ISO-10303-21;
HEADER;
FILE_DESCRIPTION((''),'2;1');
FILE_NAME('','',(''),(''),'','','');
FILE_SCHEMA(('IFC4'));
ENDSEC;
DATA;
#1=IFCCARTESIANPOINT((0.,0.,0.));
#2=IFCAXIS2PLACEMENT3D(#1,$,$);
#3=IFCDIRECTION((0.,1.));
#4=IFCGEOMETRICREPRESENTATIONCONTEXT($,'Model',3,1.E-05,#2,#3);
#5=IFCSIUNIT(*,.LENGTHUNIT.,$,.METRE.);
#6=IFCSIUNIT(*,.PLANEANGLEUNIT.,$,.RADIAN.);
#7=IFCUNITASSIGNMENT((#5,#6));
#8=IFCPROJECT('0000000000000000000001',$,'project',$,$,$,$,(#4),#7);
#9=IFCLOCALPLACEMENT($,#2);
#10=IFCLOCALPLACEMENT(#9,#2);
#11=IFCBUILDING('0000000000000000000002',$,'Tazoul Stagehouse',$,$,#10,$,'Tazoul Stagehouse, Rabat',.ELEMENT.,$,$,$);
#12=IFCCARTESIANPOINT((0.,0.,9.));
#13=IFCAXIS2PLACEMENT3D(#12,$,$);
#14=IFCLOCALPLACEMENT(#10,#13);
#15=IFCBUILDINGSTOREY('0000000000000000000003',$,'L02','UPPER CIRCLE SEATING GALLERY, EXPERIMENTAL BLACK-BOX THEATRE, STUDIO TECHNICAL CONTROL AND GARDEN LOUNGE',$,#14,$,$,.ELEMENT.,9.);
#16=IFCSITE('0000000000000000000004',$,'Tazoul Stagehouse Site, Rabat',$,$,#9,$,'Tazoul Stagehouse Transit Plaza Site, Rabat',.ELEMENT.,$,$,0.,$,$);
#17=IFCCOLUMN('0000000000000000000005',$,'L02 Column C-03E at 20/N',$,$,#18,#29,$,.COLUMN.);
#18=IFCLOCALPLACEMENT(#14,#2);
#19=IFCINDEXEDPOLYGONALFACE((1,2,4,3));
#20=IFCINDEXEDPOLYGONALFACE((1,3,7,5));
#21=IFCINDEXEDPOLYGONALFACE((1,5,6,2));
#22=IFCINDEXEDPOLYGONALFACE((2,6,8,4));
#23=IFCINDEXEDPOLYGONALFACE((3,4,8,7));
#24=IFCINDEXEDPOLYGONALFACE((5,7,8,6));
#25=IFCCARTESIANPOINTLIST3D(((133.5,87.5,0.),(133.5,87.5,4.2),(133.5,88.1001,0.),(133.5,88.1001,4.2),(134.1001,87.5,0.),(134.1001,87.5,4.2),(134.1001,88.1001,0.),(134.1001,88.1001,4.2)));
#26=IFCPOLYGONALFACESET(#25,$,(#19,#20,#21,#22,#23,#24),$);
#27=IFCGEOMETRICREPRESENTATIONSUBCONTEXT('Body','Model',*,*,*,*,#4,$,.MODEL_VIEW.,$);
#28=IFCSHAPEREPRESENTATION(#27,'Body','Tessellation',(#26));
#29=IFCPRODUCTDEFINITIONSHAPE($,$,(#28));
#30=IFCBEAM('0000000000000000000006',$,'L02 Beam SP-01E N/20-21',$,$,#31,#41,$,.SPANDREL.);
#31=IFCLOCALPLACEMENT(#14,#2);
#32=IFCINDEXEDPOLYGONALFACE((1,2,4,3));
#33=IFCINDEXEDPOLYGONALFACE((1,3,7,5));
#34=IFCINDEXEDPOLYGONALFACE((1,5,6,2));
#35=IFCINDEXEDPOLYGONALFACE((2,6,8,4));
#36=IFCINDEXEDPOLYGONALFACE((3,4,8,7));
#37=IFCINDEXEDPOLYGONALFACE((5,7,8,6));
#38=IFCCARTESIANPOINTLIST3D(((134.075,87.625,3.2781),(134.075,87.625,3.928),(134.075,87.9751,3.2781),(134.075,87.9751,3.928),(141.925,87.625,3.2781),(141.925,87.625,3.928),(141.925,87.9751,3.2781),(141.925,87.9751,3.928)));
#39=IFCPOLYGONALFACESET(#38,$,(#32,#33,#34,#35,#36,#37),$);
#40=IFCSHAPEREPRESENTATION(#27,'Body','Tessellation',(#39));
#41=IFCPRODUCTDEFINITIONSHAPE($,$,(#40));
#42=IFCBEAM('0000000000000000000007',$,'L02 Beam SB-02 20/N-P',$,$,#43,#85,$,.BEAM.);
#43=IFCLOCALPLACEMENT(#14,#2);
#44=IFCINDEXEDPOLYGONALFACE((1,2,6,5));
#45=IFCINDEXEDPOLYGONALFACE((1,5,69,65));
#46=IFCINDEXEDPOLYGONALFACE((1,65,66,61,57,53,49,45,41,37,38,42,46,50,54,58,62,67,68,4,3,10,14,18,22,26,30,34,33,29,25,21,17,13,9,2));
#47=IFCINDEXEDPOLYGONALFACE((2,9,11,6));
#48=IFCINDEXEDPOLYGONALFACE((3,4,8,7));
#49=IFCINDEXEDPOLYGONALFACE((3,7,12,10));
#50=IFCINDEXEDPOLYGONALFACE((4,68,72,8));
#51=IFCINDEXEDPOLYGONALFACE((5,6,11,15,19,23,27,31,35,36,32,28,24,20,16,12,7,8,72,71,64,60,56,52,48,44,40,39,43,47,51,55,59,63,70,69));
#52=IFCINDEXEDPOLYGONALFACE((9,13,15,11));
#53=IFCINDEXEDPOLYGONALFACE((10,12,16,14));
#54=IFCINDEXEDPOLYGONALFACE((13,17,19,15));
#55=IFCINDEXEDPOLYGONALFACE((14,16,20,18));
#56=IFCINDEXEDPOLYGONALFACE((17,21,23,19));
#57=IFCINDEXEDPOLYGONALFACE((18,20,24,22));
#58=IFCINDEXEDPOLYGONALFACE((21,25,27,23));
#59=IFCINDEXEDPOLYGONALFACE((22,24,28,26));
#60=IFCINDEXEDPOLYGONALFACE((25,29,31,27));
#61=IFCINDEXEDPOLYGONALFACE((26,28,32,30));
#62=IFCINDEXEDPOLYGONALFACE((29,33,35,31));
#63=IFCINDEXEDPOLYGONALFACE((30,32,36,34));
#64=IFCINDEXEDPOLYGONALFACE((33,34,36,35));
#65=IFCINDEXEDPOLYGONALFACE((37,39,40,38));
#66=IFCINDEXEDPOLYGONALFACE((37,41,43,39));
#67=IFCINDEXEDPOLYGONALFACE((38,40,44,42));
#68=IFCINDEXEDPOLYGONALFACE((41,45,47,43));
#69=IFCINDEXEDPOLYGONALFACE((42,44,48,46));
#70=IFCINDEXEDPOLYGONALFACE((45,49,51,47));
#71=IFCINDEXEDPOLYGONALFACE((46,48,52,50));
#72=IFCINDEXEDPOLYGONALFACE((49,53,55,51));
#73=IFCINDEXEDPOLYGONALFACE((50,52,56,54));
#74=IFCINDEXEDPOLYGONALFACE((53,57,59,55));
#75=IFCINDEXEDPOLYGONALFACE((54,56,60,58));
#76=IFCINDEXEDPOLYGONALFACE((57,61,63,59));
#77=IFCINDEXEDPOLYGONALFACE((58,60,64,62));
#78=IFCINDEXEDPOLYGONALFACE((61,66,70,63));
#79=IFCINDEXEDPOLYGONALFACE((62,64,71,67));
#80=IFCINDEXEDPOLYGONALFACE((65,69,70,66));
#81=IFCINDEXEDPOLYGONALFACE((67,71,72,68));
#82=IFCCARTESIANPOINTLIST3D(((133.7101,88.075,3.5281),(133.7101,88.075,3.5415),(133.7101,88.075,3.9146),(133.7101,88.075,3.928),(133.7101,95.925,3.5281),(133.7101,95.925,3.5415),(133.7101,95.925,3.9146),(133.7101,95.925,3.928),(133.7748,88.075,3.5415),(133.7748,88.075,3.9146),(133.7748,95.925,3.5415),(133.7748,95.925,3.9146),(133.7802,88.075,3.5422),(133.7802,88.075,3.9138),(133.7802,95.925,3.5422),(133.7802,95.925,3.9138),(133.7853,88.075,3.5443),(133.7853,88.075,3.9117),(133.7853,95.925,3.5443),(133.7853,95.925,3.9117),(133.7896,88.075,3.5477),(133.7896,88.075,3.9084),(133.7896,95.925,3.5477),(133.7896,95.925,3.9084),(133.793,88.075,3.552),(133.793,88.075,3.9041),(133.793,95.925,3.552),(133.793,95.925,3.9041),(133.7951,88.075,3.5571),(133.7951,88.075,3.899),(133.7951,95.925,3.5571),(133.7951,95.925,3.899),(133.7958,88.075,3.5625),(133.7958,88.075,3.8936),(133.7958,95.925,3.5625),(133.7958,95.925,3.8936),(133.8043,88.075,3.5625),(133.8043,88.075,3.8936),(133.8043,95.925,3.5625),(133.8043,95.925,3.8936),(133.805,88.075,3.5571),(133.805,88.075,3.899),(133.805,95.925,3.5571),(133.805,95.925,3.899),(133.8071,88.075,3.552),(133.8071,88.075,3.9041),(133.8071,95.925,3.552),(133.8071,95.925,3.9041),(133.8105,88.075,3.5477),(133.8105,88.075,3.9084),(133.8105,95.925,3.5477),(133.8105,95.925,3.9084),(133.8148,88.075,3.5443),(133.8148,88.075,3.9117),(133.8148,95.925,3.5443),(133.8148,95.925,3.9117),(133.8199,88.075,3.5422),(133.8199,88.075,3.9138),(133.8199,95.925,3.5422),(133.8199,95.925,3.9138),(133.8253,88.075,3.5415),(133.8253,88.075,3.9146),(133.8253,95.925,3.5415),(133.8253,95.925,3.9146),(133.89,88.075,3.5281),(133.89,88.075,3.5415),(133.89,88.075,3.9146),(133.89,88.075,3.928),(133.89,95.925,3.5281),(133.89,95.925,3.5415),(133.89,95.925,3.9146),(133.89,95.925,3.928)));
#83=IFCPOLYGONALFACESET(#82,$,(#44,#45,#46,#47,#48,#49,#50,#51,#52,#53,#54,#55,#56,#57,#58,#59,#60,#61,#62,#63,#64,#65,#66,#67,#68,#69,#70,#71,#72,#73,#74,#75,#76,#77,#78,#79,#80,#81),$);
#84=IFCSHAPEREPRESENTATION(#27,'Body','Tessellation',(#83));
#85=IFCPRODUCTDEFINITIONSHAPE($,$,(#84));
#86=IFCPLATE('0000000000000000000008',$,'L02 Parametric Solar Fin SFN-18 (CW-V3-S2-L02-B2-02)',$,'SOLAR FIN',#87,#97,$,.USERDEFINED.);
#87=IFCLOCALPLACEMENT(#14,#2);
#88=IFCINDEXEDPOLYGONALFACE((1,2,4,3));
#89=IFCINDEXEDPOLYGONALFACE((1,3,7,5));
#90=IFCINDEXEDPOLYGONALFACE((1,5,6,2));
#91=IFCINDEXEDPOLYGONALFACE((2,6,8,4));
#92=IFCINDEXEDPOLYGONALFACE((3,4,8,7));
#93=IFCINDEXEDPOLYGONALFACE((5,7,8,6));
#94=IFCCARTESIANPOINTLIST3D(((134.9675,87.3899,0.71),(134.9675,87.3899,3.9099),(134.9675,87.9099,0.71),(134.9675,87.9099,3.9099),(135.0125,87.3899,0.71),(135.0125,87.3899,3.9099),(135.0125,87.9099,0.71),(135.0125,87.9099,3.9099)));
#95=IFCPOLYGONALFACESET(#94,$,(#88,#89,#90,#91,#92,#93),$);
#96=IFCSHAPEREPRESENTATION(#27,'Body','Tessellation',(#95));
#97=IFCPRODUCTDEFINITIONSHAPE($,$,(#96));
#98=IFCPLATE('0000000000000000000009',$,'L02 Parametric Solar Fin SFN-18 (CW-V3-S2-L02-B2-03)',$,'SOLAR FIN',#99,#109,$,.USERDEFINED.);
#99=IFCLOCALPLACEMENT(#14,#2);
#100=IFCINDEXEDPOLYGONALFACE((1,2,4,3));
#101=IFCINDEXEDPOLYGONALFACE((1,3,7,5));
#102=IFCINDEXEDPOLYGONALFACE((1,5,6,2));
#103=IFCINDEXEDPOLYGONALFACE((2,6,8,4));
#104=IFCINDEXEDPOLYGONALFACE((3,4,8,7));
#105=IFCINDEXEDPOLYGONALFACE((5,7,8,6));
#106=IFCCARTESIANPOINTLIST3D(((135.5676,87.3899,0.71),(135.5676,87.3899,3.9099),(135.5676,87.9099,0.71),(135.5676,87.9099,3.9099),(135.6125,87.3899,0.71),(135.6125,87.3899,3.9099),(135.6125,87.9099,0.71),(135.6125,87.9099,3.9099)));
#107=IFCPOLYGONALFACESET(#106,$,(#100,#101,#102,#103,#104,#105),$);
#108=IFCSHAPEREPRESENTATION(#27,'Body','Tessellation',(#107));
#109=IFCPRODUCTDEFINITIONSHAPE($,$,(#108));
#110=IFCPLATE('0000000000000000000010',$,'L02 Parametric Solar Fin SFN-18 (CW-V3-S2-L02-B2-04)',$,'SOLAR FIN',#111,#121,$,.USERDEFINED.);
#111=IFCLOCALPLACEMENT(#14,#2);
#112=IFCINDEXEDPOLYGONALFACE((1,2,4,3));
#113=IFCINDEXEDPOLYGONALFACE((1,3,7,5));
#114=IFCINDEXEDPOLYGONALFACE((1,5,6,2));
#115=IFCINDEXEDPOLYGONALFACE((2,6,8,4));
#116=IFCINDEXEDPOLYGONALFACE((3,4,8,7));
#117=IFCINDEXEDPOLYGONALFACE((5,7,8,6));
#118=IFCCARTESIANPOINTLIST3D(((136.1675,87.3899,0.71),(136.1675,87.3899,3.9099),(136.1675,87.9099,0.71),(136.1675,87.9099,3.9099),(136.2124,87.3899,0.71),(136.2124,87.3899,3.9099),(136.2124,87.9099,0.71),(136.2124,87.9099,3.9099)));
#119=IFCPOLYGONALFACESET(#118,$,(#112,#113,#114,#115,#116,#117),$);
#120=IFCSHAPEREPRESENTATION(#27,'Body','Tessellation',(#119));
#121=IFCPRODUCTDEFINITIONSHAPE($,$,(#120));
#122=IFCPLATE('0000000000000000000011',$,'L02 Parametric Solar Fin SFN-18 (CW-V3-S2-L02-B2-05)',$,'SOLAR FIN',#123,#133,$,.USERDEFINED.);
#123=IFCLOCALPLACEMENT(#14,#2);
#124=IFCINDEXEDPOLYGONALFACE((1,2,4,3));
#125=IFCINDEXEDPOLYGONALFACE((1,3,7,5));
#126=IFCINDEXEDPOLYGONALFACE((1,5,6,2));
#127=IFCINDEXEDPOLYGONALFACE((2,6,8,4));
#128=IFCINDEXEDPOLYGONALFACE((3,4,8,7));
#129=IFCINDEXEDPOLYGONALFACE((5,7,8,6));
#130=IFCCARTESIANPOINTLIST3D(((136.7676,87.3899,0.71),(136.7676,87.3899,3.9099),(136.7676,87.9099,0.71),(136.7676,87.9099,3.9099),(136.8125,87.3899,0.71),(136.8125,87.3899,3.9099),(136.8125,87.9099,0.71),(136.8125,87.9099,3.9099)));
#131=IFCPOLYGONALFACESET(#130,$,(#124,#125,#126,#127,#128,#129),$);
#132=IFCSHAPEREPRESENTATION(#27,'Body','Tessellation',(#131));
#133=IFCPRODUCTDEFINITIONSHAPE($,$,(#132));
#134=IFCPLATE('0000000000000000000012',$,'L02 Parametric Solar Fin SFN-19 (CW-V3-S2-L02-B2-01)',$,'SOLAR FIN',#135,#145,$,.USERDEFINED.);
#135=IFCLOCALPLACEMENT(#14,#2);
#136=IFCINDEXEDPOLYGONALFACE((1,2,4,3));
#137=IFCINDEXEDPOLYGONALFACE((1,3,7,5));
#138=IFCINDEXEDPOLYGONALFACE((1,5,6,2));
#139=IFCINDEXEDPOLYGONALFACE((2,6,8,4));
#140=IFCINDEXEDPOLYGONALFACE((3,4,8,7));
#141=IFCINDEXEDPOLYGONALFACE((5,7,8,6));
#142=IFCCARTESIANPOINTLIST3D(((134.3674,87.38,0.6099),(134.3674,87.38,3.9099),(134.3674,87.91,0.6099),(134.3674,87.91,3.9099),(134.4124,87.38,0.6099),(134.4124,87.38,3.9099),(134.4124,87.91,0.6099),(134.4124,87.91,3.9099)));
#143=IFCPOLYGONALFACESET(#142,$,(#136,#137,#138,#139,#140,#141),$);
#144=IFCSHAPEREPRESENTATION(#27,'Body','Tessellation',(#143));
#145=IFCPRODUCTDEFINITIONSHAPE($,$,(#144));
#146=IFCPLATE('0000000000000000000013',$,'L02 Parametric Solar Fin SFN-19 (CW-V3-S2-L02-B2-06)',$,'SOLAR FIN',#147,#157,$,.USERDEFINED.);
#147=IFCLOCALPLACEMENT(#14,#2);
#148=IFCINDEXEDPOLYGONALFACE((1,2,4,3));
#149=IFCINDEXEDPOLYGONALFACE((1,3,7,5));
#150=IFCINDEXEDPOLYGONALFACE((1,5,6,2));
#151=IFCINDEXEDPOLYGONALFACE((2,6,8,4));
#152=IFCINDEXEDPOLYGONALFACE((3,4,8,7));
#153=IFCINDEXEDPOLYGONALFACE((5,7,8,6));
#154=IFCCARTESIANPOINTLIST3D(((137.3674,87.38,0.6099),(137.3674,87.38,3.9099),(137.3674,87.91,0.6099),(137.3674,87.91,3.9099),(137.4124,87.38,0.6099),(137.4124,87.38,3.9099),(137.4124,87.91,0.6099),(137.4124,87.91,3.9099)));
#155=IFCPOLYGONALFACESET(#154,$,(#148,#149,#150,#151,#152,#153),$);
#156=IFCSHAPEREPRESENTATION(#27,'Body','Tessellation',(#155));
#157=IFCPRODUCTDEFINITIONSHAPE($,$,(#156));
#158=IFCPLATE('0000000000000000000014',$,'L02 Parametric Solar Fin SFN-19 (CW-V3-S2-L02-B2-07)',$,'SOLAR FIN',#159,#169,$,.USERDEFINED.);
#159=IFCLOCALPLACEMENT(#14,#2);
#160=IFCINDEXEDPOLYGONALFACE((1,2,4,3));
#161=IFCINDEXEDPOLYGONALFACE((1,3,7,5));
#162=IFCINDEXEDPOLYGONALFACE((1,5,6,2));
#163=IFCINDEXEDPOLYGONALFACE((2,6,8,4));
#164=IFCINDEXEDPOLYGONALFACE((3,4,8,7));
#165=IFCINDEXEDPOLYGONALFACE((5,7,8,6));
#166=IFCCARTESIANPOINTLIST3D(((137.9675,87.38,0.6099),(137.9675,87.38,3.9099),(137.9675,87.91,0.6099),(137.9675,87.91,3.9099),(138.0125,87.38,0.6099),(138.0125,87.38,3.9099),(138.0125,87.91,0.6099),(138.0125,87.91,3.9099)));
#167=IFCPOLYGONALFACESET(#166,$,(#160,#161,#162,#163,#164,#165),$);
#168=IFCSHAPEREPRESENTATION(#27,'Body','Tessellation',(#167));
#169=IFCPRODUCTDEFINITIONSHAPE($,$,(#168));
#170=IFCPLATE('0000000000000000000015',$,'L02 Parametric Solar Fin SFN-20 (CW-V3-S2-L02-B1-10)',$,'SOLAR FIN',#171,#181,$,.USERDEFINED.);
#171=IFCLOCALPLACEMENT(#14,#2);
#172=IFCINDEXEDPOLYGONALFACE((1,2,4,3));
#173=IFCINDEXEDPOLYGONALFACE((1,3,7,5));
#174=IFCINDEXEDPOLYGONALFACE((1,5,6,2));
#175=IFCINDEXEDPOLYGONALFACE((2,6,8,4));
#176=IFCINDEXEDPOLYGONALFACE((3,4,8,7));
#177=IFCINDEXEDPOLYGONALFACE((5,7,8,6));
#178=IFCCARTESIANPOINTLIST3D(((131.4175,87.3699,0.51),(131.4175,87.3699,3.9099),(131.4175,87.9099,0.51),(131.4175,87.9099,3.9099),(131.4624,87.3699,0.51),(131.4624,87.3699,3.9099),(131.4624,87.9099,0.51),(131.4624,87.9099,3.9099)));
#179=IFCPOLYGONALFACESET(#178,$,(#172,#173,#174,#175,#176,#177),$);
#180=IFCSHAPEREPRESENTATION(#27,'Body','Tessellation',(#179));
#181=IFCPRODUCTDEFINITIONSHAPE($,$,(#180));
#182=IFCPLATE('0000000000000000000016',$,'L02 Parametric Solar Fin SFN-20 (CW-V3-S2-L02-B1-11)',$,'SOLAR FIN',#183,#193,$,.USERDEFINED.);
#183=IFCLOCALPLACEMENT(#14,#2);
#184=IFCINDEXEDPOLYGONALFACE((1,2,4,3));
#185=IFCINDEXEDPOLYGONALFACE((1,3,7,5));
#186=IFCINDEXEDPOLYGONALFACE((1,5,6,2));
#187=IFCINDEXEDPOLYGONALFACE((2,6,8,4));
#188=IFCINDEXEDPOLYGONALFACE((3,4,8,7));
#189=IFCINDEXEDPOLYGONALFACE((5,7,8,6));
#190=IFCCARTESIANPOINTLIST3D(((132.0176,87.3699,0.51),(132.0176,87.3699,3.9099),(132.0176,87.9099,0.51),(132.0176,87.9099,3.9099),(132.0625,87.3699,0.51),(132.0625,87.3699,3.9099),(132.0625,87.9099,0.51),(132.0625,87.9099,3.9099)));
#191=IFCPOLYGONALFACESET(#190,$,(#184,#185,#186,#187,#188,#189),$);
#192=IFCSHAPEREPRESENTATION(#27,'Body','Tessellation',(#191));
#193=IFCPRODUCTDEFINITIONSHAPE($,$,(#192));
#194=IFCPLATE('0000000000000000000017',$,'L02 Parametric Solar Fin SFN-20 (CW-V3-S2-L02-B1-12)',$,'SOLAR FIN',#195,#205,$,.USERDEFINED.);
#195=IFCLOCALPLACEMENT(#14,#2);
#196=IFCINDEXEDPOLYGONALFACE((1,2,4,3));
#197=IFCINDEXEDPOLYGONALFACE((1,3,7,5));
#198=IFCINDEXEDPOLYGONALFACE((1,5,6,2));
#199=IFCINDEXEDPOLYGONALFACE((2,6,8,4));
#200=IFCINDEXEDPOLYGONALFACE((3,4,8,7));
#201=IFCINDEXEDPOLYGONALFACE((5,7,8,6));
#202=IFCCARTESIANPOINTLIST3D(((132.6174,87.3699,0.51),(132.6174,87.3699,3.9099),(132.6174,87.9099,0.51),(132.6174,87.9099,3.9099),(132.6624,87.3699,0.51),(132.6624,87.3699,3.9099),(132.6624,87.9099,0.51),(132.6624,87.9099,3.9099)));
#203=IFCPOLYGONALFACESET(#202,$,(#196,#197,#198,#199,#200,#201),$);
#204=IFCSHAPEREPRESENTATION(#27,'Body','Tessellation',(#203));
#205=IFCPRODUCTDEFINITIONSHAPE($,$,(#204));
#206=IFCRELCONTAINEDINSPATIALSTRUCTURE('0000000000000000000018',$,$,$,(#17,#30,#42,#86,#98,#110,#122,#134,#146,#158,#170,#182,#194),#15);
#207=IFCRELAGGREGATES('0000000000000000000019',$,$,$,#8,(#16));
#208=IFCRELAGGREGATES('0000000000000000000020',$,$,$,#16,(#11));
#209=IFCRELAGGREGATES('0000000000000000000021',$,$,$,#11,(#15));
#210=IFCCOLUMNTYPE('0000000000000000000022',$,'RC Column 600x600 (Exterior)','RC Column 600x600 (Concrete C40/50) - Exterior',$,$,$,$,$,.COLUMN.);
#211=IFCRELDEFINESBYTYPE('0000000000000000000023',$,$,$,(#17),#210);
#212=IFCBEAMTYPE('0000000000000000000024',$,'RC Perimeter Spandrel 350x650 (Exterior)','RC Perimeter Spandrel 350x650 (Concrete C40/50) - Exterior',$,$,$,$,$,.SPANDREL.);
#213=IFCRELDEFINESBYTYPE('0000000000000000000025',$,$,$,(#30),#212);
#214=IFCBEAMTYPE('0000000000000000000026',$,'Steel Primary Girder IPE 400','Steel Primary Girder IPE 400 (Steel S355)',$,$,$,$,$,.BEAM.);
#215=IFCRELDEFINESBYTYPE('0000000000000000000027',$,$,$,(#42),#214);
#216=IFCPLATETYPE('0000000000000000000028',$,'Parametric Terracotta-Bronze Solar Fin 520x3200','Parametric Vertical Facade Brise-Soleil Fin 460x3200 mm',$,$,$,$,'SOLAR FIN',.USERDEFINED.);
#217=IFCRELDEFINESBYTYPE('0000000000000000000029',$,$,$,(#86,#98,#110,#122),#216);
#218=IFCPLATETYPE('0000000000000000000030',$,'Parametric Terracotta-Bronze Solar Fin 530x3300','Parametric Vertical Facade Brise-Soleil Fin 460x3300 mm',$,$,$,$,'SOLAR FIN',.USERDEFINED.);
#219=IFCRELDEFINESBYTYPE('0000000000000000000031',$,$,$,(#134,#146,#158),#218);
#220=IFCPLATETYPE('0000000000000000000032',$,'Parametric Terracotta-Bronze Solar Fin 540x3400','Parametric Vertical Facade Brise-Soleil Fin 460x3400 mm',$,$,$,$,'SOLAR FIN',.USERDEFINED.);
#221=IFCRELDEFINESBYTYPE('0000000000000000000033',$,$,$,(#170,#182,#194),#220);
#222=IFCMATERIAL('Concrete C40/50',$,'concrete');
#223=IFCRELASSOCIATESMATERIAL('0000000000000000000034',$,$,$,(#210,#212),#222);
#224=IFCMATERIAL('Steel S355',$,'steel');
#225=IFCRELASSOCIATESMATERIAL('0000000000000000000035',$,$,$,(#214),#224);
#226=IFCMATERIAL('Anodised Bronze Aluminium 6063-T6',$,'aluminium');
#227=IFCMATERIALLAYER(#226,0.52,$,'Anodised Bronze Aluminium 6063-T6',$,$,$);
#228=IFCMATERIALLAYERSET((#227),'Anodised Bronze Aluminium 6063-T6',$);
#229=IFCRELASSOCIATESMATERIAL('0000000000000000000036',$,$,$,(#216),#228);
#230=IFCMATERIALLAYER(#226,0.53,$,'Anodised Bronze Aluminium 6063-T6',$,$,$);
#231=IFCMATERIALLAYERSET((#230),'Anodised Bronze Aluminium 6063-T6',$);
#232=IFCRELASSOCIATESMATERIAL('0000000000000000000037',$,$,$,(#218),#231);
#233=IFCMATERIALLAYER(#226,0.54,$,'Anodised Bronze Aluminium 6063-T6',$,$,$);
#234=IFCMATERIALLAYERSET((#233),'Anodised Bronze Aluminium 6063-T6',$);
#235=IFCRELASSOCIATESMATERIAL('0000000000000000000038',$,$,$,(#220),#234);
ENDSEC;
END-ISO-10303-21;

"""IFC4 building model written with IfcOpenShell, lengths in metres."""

from ifc_helpers import new_model, si_unit, direction, frame, origin, origin_2d, place, context, subcontext, project, spatial, rectangle, i_section, extrude, material, layer, layer_set, material_profile, profile_set, type_object, element, save


model = new_model("IFC4")

# Units and contexts
model_context = context("Model", 3, precision=1e-05, world=origin(), true_north=direction((0.0, 1.0)))
body_context = subcontext(model_context, "Body", "Model", "MODEL_VIEW")
ifc_project = project(units=[si_unit("LENGTHUNIT", "METRE"), si_unit("PLANEANGLEUNIT", "RADIAN")], contexts=[model_context])

# Site, building, storey
site_placement = place(None, origin())
site = spatial("IfcSite", under=ifc_project, at=site_placement, Name="Tazoul Stagehouse Site, Rabat", LongName="Tazoul Stagehouse Transit Plaza Site, Rabat", CompositionType="ELEMENT", RefElevation=0.0)
building_placement = place(site_placement, origin())
building = spatial("IfcBuilding", under=site, at=building_placement, Name="Tazoul Stagehouse", LongName="Tazoul Stagehouse, Rabat", CompositionType="ELEMENT")
storey_placement = place(building_placement, frame((0.0, 0.0, 9.0)))
storey = spatial("IfcBuildingStorey", under=building, at=storey_placement, Name="L02", Description="UPPER CIRCLE SEATING GALLERY, EXPERIMENTAL BLACK-BOX THEATRE, STUDIO TECHNICAL CONTROL AND GARDEN LOUNGE", CompositionType="ELEMENT", Elevation=9.0)

# Column
ifc_material_1 = material(Name="Concrete C40/50", Category="concrete")
ifc_material_profile_1 = material_profile(ifc_material_1, rectangle(XDim=0.6001, YDim=0.6001, at=origin_2d()), Name="RC 600x600")
ifc_profile_set_1 = profile_set([ifc_material_profile_1], Name="Concrete C40/50")
column_type = type_object("IfcColumnType", Name="RC Column 600x600 (Exterior)", Description="RC Column 600x600 (Concrete C40/50) - Exterior", PredefinedType="COLUMN", material=ifc_profile_set_1)
column_placement = place(storey_placement, frame((133.8, 87.8, 0.0), z_axis=(0.0, 0.0, 1.0), x_axis=(1.0, 0.0, 0.0)))
element("IfcColumn", 1, at=column_placement, inside=storey, type_object=column_type, Name="L02 Column C-03E at 20/N", PredefinedType="COLUMN", context=body_context, shape_type="SweptSolid", body=[
    extrude(rectangle(XDim=0.6001, YDim=0.6001, at=origin_2d()), origin(), (0.0, 0.0, 1.0), 4.2),
])

# Beams
ifc_material_profile_2 = material_profile(ifc_material_1, rectangle(XDim=0.3501, YDim=0.6499, at=origin_2d()), Name="RC 350x650")
ifc_profile_set_2 = profile_set([ifc_material_profile_2], Name="Concrete C40/50")
beam_type_1 = type_object("IfcBeamType", Name="RC Perimeter Spandrel 350x650 (Exterior)", Description="RC Perimeter Spandrel 350x650 (Concrete C40/50) - Exterior", PredefinedType="SPANDREL", material=ifc_profile_set_2)
beam_1_placement = place(storey_placement, frame((134.075, 87.8, 3.603), z_axis=(1.0, 0.0, 0.0), x_axis=(0.0, 1.0, 0.0)))
element("IfcBeam", 2, at=beam_1_placement, inside=storey, type_object=beam_type_1, Name="L02 Beam SP-01E N/20-21", PredefinedType="SPANDREL", context=body_context, shape_type="SweptSolid", body=[
    extrude(rectangle(XDim=0.3501, YDim=0.6499, at=origin_2d()), origin(), (0.0, 0.0, 1.0), 7.8501),
])
ifc_material_2 = material(Name="Steel S355", Category="steel")
ifc_material_profile_3 = material_profile(ifc_material_2, i_section(OverallWidth=0.1799, OverallDepth=0.3999, WebThickness=0.0085, FlangeThickness=0.0134, FilletRadius=0.021, at=origin_2d()), Name="IPE 400")
ifc_profile_set_3 = profile_set([ifc_material_profile_3], Name="Steel S355")
beam_type_2 = type_object("IfcBeamType", Name="Steel Primary Girder IPE 400", Description="Steel Primary Girder IPE 400 (Steel S355)", PredefinedType="BEAM", material=ifc_profile_set_3)
beam_2_placement = place(storey_placement, frame((133.8, 88.075, 3.728), z_axis=(0.0, 1.0, 0.0), x_axis=(-1.0, 0.0, 0.0)))
element("IfcBeam", 3, at=beam_2_placement, inside=storey, type_object=beam_type_2, Name="L02 Beam SB-02 20/N-P", PredefinedType="BEAM", context=body_context, shape_type="SweptSolid", body=[
    extrude(i_section(OverallWidth=0.1799, OverallDepth=0.3999, WebThickness=0.0085, FlangeThickness=0.0134, FilletRadius=0.021, at=origin_2d()), origin(), (0.0, 0.0, 1.0), 7.8501),
])

# Plates
ifc_material_3 = material(Name="Anodised Bronze Aluminium 6063-T6", Category="aluminium")
ifc_layer_1 = layer(ifc_material_3, 0.52, Name="Anodised Bronze Aluminium 6063-T6")
ifc_layer_set_1 = layer_set([ifc_layer_1], Name="Anodised Bronze Aluminium 6063-T6")
plate_type_1 = type_object("IfcPlateType", Name="Parametric Terracotta-Bronze Solar Fin 520x3200", Description="Parametric Vertical Facade Brise-Soleil Fin 460x3200 mm", ElementType="SOLAR FIN", PredefinedType="USERDEFINED", material=ifc_layer_set_1)
for number, where, z_axis, x_axis, name in (
    (4, (134.99, 87.6499, 0.71), (0.0, 0.0, 1.0), (1.0, 0.0, 0.0), "L02 Parametric Solar Fin SFN-18 (CW-V3-S2-L02-B2-02)"),
    (5, (135.5901, 87.6499, 0.71), (0.0, 0.0, 1.0), (1.0, 0.0, 0.0), "L02 Parametric Solar Fin SFN-18 (CW-V3-S2-L02-B2-03)"),
    (6, (136.1899, 87.6499, 0.71), (0.0, 0.0, 1.0), (1.0, 0.0, 0.0), "L02 Parametric Solar Fin SFN-18 (CW-V3-S2-L02-B2-04)"),
    (7, (136.79, 87.6499, 0.71), (0.0, 0.0, 1.0), (1.0, 0.0, 0.0), "L02 Parametric Solar Fin SFN-18 (CW-V3-S2-L02-B2-05)"),
):
    element("IfcPlate", number, at=place(storey_placement, frame(where, z_axis=z_axis, x_axis=x_axis)), inside=storey, type_object=plate_type_1, Name=name, ObjectType="SOLAR FIN", PredefinedType="USERDEFINED", context=body_context, shape_type="SweptSolid", body=[
        extrude(rectangle(XDim=0.0449, YDim=0.52, at=origin_2d()), origin(), (0.0, 0.0, 1.0), 3.2),
    ])
ifc_layer_2 = layer(ifc_material_3, 0.53, Name="Anodised Bronze Aluminium 6063-T6")
ifc_layer_set_2 = layer_set([ifc_layer_2], Name="Anodised Bronze Aluminium 6063-T6")
plate_type_2 = type_object("IfcPlateType", Name="Parametric Terracotta-Bronze Solar Fin 530x3300", Description="Parametric Vertical Facade Brise-Soleil Fin 460x3300 mm", ElementType="SOLAR FIN", PredefinedType="USERDEFINED", material=ifc_layer_set_2)
for number, where, z_axis, x_axis, name in (
    (8, (134.3899, 87.645, 0.6099), (0.0, 0.0, 1.0), (1.0, 0.0, 0.0), "L02 Parametric Solar Fin SFN-19 (CW-V3-S2-L02-B2-01)"),
    (9, (137.3899, 87.645, 0.6099), (0.0, 0.0, 1.0), (1.0, 0.0, 0.0), "L02 Parametric Solar Fin SFN-19 (CW-V3-S2-L02-B2-06)"),
    (10, (137.99, 87.645, 0.6099), (0.0, 0.0, 1.0), (1.0, 0.0, 0.0), "L02 Parametric Solar Fin SFN-19 (CW-V3-S2-L02-B2-07)"),
):
    element("IfcPlate", number, at=place(storey_placement, frame(where, z_axis=z_axis, x_axis=x_axis)), inside=storey, type_object=plate_type_2, Name=name, ObjectType="SOLAR FIN", PredefinedType="USERDEFINED", context=body_context, shape_type="SweptSolid", body=[
        extrude(rectangle(XDim=0.0449, YDim=0.53, at=origin_2d()), origin(), (0.0, 0.0, 1.0), 3.3),
    ])
ifc_layer_3 = layer(ifc_material_3, 0.54, Name="Anodised Bronze Aluminium 6063-T6")
ifc_layer_set_3 = layer_set([ifc_layer_3], Name="Anodised Bronze Aluminium 6063-T6")
plate_type_3 = type_object("IfcPlateType", Name="Parametric Terracotta-Bronze Solar Fin 540x3400", Description="Parametric Vertical Facade Brise-Soleil Fin 460x3400 mm", ElementType="SOLAR FIN", PredefinedType="USERDEFINED", material=ifc_layer_set_3)
for number, where, z_axis, x_axis, name in (
    (11, (131.4399, 87.6399, 0.51), (0.0, 0.0, 1.0), (1.0, 0.0, 0.0), "L02 Parametric Solar Fin SFN-20 (CW-V3-S2-L02-B1-10)"),
    (12, (132.04, 87.6399, 0.51), (0.0, 0.0, 1.0), (1.0, 0.0, 0.0), "L02 Parametric Solar Fin SFN-20 (CW-V3-S2-L02-B1-11)"),
    (13, (132.6399, 87.6399, 0.51), (0.0, 0.0, 1.0), (1.0, 0.0, 0.0), "L02 Parametric Solar Fin SFN-20 (CW-V3-S2-L02-B1-12)"),
):
    element("IfcPlate", number, at=place(storey_placement, frame(where, z_axis=z_axis, x_axis=x_axis)), inside=storey, type_object=plate_type_3, Name=name, ObjectType="SOLAR FIN", PredefinedType="USERDEFINED", context=body_context, shape_type="SweptSolid", body=[
        extrude(rectangle(XDim=0.0449, YDim=0.54, at=origin_2d()), origin(), (0.0, 0.0, 1.0), 3.3999),
    ])

save(model, "model.ifc")
